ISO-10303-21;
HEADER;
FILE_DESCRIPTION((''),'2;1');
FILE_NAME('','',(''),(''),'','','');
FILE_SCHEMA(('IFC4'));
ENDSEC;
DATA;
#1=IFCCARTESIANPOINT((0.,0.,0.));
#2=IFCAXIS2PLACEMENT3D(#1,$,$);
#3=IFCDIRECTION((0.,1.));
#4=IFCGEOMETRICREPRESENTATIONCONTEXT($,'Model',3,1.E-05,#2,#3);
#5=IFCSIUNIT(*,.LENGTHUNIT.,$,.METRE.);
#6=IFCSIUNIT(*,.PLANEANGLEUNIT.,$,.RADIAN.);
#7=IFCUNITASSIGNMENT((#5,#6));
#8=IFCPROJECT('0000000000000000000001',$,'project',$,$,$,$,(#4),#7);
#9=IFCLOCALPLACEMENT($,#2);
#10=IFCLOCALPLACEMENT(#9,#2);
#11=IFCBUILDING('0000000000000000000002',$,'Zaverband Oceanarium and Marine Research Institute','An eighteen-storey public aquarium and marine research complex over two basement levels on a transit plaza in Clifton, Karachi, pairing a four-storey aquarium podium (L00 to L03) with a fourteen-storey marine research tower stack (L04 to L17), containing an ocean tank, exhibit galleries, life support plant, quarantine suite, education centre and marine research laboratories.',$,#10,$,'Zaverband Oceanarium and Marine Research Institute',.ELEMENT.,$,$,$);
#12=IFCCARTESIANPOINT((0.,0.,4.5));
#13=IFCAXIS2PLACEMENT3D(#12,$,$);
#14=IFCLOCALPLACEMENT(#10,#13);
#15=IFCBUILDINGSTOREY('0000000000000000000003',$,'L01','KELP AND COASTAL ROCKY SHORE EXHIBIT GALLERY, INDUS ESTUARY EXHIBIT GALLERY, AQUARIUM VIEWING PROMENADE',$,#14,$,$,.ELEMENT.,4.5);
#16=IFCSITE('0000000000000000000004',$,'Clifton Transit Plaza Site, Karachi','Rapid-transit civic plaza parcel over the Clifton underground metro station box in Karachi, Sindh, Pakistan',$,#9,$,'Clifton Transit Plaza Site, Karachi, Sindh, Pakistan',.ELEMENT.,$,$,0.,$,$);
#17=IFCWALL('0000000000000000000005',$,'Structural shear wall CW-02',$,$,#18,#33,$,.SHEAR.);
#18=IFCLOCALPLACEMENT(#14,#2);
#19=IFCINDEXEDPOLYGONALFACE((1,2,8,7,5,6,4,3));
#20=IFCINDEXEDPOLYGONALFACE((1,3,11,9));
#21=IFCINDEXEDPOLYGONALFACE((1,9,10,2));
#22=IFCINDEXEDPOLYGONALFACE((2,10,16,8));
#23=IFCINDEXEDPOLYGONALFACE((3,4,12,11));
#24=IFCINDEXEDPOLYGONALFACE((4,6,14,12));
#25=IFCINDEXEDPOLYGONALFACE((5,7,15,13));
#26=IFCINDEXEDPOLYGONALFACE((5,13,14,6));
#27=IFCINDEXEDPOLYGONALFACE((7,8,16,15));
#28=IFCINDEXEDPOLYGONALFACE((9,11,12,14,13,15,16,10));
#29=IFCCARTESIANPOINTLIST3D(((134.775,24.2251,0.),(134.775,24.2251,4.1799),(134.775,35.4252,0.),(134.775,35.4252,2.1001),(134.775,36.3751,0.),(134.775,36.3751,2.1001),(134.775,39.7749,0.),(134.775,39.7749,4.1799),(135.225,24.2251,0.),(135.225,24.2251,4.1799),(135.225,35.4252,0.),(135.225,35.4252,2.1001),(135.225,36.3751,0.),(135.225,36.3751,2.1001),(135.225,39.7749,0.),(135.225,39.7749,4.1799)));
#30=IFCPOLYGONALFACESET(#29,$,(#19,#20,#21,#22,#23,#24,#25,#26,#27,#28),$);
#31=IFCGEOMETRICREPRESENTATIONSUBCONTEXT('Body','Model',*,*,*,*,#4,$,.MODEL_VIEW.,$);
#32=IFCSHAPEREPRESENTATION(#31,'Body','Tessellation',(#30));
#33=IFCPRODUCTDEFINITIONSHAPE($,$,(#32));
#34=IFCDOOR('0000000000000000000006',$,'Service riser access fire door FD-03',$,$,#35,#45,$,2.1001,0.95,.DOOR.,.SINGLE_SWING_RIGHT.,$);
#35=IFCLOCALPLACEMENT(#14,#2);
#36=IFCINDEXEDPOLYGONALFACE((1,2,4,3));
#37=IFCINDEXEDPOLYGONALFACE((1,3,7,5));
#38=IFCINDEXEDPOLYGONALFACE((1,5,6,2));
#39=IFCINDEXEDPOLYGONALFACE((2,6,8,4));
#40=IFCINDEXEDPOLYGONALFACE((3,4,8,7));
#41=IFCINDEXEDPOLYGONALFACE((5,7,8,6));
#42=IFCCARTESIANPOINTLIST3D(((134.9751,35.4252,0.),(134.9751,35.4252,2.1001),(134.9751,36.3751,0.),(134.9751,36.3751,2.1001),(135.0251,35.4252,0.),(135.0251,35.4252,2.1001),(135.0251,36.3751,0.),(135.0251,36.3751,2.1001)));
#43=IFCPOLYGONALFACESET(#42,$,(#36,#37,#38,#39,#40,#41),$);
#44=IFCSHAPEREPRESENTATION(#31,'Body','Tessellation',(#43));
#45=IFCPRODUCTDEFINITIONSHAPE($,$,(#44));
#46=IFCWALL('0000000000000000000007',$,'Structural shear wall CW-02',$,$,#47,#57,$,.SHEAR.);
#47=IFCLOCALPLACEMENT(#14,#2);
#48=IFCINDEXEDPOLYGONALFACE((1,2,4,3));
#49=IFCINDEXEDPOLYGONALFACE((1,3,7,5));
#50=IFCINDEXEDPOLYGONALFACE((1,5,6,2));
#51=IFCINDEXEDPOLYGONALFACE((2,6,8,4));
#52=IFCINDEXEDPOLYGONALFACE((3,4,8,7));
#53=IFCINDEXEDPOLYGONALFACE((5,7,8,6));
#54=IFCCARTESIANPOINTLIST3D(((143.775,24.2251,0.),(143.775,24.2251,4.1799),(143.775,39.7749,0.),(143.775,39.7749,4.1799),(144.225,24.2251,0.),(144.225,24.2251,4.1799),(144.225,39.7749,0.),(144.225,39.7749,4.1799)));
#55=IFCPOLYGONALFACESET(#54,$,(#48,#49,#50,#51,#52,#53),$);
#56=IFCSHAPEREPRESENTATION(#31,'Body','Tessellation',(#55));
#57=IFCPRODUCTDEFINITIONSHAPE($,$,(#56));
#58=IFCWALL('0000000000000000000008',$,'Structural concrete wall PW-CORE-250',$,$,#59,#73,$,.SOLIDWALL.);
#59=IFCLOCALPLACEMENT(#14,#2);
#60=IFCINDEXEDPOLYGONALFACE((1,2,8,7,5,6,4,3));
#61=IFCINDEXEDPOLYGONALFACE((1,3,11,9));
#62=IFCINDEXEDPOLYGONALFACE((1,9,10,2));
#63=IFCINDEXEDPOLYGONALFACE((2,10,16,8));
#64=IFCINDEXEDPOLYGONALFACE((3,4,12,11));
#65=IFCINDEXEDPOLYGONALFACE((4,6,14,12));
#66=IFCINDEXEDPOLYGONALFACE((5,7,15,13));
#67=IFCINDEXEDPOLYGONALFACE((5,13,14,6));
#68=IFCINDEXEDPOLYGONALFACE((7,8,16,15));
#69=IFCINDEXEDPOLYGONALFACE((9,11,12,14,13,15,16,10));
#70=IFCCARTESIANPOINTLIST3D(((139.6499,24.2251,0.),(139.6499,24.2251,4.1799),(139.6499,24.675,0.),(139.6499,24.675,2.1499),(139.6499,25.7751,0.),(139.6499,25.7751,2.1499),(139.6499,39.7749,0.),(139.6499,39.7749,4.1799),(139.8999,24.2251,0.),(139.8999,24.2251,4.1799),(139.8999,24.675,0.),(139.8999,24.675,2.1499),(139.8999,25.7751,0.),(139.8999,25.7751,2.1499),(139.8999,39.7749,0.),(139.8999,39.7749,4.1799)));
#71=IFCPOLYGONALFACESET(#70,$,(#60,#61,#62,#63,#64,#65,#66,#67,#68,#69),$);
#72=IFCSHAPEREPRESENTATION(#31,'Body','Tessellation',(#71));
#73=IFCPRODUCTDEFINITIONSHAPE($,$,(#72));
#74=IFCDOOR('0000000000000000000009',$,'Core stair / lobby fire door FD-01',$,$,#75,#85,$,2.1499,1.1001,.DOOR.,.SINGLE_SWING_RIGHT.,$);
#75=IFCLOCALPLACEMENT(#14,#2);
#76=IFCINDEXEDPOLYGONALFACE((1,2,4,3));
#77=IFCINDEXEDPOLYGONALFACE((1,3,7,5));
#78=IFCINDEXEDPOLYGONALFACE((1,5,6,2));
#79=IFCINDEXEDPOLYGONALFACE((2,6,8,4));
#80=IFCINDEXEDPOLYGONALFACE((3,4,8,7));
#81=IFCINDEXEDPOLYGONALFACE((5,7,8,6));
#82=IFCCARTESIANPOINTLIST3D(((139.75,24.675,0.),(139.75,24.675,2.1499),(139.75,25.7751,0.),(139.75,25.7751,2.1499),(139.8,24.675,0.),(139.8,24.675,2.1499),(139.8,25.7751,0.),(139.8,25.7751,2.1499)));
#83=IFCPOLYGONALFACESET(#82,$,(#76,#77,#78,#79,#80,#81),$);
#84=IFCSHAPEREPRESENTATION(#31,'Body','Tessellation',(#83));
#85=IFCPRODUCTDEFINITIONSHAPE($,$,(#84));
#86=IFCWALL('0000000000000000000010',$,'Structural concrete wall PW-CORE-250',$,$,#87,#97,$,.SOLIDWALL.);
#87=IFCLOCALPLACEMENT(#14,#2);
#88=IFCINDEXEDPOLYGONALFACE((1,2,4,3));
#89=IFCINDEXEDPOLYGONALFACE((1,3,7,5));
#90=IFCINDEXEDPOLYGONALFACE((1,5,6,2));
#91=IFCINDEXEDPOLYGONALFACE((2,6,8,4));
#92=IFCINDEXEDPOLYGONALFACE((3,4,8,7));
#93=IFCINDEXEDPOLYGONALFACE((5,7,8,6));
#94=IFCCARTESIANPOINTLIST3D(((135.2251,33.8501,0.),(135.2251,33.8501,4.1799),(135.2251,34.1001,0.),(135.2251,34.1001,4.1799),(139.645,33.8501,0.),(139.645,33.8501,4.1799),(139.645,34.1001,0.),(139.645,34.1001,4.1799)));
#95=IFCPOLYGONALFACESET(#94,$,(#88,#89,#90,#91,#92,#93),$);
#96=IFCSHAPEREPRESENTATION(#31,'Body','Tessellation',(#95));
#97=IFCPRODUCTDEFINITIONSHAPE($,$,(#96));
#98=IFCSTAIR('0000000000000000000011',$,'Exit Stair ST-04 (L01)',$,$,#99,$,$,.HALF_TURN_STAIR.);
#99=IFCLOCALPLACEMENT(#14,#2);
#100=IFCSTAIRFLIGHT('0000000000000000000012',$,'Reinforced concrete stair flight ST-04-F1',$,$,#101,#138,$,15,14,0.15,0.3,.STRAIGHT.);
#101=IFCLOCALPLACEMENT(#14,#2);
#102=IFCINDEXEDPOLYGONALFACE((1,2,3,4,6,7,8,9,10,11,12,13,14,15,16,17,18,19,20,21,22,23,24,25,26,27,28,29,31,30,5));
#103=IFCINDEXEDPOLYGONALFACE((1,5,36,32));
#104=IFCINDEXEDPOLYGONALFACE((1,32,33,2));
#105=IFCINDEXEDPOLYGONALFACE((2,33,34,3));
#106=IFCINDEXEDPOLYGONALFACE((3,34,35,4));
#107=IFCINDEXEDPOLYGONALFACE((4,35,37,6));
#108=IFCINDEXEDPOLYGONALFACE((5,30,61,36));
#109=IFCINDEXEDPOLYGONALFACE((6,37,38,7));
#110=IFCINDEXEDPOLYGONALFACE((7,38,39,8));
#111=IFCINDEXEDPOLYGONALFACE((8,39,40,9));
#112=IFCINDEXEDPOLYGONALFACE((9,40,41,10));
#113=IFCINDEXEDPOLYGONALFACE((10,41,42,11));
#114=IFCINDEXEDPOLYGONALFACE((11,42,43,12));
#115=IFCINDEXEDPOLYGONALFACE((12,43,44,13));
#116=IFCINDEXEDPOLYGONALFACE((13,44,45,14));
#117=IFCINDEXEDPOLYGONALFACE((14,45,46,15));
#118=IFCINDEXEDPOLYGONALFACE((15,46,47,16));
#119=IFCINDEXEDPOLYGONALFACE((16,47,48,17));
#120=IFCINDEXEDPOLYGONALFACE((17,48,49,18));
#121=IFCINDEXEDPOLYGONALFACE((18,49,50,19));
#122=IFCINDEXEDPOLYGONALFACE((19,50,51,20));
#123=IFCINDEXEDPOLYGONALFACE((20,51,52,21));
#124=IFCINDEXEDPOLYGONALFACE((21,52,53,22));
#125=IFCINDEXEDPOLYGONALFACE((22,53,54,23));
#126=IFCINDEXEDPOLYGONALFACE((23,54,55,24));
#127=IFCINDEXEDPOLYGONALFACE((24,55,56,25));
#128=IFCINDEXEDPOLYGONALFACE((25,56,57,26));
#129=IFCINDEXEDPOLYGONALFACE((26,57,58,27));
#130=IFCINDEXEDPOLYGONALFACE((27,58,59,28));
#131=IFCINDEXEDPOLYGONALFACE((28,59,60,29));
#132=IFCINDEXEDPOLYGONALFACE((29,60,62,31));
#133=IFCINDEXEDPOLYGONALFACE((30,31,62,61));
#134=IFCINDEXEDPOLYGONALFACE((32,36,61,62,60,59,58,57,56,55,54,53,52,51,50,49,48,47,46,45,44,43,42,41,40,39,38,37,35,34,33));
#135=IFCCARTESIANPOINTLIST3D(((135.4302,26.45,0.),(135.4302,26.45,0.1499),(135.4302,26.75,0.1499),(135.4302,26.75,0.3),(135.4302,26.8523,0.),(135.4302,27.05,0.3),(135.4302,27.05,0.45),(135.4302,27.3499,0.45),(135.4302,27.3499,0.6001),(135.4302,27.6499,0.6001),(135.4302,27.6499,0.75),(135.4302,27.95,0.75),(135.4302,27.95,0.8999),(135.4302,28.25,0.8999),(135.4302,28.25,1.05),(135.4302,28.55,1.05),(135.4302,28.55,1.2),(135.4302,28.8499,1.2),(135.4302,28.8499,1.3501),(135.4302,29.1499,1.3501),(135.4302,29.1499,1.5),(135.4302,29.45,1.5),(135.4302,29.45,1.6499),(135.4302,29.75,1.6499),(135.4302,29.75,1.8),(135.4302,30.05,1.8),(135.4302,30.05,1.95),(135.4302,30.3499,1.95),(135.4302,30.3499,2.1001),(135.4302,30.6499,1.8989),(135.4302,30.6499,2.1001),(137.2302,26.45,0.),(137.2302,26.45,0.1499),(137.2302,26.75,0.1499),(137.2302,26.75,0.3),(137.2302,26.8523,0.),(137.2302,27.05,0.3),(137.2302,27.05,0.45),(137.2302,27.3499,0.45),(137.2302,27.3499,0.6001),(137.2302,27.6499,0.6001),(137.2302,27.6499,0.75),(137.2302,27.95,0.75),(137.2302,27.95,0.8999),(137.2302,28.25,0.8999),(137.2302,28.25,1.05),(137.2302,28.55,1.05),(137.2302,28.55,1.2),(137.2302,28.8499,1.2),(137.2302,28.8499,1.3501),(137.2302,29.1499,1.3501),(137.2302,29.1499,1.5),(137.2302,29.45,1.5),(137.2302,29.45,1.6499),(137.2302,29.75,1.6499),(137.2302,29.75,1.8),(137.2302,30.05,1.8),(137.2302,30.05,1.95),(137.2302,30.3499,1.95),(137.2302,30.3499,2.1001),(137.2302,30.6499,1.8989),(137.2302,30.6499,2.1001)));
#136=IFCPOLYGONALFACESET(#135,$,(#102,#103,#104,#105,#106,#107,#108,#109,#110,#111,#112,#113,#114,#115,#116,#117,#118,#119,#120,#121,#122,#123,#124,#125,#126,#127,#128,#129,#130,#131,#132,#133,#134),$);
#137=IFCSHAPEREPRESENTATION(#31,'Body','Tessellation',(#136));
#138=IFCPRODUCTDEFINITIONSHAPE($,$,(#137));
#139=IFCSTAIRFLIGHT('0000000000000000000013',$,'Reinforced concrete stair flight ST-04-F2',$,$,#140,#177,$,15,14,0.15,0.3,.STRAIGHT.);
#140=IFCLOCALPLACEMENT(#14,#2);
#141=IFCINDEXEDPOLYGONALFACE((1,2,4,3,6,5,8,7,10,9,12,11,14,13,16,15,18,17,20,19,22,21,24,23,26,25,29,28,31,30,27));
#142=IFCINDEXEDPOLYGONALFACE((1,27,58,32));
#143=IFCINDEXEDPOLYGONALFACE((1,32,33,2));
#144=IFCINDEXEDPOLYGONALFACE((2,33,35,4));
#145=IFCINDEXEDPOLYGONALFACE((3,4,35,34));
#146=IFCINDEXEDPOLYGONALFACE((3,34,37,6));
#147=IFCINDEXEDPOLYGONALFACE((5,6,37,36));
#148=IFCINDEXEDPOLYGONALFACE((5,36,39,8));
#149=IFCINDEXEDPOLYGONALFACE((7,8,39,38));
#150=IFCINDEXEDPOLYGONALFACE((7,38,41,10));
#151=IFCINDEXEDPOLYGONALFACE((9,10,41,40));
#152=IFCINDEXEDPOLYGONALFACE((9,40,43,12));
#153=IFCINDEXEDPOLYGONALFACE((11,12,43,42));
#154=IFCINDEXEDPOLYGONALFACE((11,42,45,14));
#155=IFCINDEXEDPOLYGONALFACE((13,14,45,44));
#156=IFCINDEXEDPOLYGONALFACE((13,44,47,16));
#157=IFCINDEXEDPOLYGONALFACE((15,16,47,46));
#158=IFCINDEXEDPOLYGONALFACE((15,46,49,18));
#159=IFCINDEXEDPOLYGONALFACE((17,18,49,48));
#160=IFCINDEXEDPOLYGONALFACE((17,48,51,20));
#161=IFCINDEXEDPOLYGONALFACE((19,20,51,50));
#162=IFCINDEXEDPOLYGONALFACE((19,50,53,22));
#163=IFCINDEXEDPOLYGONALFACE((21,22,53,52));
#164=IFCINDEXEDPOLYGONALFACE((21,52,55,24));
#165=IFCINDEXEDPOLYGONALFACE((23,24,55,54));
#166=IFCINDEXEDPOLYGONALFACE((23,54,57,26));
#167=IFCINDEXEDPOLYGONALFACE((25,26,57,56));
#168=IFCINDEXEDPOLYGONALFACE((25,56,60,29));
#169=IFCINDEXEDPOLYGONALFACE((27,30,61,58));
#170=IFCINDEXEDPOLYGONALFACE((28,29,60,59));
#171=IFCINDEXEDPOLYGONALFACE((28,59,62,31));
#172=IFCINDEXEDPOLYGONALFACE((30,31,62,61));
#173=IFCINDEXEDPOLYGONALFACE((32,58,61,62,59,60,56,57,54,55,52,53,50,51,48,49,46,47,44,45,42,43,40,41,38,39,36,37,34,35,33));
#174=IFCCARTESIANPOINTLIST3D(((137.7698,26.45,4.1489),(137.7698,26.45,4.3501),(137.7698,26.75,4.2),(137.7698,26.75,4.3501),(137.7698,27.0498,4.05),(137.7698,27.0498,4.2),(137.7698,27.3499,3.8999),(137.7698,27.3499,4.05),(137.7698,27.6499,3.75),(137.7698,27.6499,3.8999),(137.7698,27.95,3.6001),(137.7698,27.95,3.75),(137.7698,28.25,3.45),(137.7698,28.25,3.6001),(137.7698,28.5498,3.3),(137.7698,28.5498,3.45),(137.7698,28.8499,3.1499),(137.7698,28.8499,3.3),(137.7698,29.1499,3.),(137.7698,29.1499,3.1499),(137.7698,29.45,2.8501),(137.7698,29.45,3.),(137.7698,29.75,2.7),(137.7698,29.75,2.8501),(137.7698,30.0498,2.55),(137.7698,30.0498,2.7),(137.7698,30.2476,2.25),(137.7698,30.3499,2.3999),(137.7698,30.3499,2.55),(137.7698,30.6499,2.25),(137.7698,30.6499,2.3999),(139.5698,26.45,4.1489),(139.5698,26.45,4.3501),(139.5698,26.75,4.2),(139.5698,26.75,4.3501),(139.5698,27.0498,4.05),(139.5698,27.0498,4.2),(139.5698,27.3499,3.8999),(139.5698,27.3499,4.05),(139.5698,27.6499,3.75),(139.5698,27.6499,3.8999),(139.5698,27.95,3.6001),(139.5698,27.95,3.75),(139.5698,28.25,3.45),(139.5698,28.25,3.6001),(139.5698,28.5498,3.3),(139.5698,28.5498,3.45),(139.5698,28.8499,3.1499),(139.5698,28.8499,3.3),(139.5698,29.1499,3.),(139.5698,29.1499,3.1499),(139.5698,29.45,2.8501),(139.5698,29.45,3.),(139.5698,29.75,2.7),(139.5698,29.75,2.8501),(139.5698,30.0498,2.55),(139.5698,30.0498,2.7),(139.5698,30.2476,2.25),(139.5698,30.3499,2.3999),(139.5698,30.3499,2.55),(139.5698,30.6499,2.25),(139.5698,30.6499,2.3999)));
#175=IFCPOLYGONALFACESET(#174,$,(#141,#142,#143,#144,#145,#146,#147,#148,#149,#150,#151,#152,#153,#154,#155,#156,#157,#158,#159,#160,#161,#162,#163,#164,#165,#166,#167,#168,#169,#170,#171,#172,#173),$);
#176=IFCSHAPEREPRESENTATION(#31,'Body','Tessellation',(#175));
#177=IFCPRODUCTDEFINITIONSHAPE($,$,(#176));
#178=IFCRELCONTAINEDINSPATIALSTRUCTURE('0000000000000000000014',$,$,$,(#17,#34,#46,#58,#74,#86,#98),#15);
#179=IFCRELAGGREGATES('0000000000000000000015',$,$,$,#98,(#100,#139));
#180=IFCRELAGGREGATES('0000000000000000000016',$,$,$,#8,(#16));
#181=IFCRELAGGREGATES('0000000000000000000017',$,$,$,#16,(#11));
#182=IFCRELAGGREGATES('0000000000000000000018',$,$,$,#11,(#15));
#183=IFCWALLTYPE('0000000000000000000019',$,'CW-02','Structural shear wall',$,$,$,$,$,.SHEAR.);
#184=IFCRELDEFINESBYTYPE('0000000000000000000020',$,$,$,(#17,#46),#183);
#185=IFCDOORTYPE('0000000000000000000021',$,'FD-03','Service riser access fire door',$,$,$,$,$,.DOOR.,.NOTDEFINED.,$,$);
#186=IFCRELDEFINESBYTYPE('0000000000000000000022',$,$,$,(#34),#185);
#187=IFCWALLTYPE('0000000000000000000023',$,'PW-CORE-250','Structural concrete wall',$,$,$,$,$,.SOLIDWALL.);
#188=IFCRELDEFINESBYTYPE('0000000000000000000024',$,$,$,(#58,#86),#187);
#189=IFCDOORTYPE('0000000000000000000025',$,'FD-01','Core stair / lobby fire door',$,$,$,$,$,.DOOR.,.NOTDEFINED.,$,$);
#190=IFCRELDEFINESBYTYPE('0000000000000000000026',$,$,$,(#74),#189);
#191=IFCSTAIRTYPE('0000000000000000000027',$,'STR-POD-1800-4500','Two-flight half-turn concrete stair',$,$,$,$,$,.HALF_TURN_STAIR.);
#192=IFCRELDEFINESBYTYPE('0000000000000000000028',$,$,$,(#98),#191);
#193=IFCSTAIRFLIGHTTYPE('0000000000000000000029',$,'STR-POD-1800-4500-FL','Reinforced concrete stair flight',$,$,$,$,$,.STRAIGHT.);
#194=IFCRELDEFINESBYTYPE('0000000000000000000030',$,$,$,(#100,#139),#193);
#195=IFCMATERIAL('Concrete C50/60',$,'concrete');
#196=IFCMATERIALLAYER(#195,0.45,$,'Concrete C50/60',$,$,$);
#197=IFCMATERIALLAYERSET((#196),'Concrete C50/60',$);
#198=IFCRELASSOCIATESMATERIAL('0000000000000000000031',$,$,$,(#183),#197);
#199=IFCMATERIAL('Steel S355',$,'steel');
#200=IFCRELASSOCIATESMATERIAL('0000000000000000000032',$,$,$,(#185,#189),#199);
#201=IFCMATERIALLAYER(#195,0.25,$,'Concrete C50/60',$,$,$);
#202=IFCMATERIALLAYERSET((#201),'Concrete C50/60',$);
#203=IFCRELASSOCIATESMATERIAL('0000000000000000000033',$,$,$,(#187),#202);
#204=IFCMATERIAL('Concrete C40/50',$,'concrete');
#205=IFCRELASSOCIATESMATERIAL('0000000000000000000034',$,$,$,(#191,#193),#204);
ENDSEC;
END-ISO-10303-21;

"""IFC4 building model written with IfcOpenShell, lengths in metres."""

from ifc_helpers import new_model, si_unit, direction, frame, frame_2d, origin, place, context, subcontext, project, spatial, polyline, rectangle, outline, extrude, material, layer, layer_set, type_object, element, fill, aggregate, save


model = new_model("IFC4")

# Units and contexts
model_context = context("Model", 3, precision=1e-05, world=origin(), true_north=direction((0.0, 1.0)))
body_context = subcontext(model_context, "Body", "Model", "MODEL_VIEW")
ifc_project = project(units=[si_unit("LENGTHUNIT", "METRE"), si_unit("PLANEANGLEUNIT", "RADIAN")], contexts=[model_context])

# Site, building, storey
site_placement = place(None, origin())
site = spatial("IfcSite", under=ifc_project, at=site_placement, Name="Clifton Transit Plaza Site, Karachi", Description="Rapid-transit civic plaza parcel over the Clifton underground metro station box in Karachi, Sindh, Pakistan", LongName="Clifton Transit Plaza Site, Karachi, Sindh, Pakistan", CompositionType="ELEMENT", RefElevation=0.0)
building_placement = place(site_placement, origin())
building = spatial("IfcBuilding", under=site, at=building_placement, Name="Zaverband Oceanarium and Marine Research Institute", Description="An eighteen-storey public aquarium and marine research complex over two basement levels on a transit plaza in Clifton, Karachi, pairing a four-storey aquarium podium (L00 to L03) with a fourteen-storey marine research tower stack (L04 to L17), containing an ocean tank, exhibit galleries, life support plant, quarantine suite, education centre and marine research laboratories.", LongName="Zaverband Oceanarium and Marine Research Institute", CompositionType="ELEMENT")
storey_placement = place(building_placement, frame((0.0, 0.0, 4.5)))
storey = spatial("IfcBuildingStorey", under=building, at=storey_placement, Name="L01", Description="KELP AND COASTAL ROCKY SHORE EXHIBIT GALLERY, INDUS ESTUARY EXHIBIT GALLERY, AQUARIUM VIEWING PROMENADE", CompositionType="ELEMENT", Elevation=4.5)

# Shared definitions
ifc_material_1 = material(Name="Concrete C50/60", Category="concrete")

# Shared definitions
ifc_material_2 = material(Name="Concrete C40/50", Category="concrete")

# Shared definitions
ifc_layer_1 = layer(ifc_material_1, 0.45, Name="Concrete C50/60")
ifc_layer_set_1 = layer_set([ifc_layer_1], Name="Concrete C50/60")
wall_type_1 = type_object("IfcWallType", Name="CW-02", Description="Structural shear wall", PredefinedType="SHEAR", material=ifc_layer_set_1)

# Wall, opening, door
wall_1_placement = place(storey_placement, frame((135.0, 24.2251, 0.0), z_axis=(0.0, 0.0, 1.0), x_axis=(0.0, 1.0, 0.0)))
wall_1 = element("IfcWall", 1, at=wall_1_placement, inside=storey, type_object=wall_type_1, Name="Structural shear wall CW-02", PredefinedType="SHEAR", context=body_context, shape_type="SweptSolid", body=[
    extrude(rectangle(XDim=15.5498, YDim=0.45, at=frame_2d((7.7749, 0.0))), origin(), (0.0, 0.0, 1.0), 4.1799),
])
opening_1_placement = place(wall_1_placement, frame((11.2, 0.0, 0.0)))
opening_1 = element("IfcOpeningElement", 2, at=opening_1_placement, cuts=wall_1, PredefinedType="OPENING", context=body_context, shape_type="SweptSolid", body=[
    extrude(rectangle(XDim=0.95, YDim=2.1001, at=frame_2d((0.4751, 1.05))), frame((0.0, 0.2368, 0.0), z_axis=(0.0, -1.0, 0.0), x_axis=(1.0, 0.0, 0.0)), (0.0, 0.0, 1.0), 0.4739),
])
ifc_material_3 = material(Name="Steel S355", Category="steel")
door_type_1 = type_object("IfcDoorType", Name="FD-03", Description="Service riser access fire door", OperationType="NOTDEFINED", PredefinedType="DOOR", material=ifc_material_3)
door_1_placement = place(opening_1_placement, origin())
door_1 = element("IfcDoor", 3, at=door_1_placement, inside=storey, type_object=door_type_1, Name="Service riser access fire door FD-03", OperationType="SINGLE_SWING_RIGHT", OverallHeight=2.1001, OverallWidth=0.95, PredefinedType="DOOR", context=body_context, shape_type="SweptSolid", body=[
    extrude(rectangle(XDim=0.95, YDim=2.1001, at=frame_2d((0.4751, 1.05))), frame((0.0, 0.0249, 0.0), z_axis=(0.0, -1.0, 0.0), x_axis=(1.0, 0.0, 0.0)), (0.0, 0.0, 1.0), 0.05),
])
fill(opening_1, door_1)

# Wall
wall_2_placement = place(storey_placement, frame((144.0, 24.2251, 0.0), z_axis=(0.0, 0.0, 1.0), x_axis=(0.0, 1.0, 0.0)))
element("IfcWall", 4, at=wall_2_placement, inside=storey, type_object=wall_type_1, Name="Structural shear wall CW-02", PredefinedType="SHEAR", context=body_context, shape_type="SweptSolid", body=[
    extrude(rectangle(XDim=15.5498, YDim=0.45, at=frame_2d((7.7749, 0.0))), origin(), (0.0, 0.0, 1.0), 4.1799),
])

# Wall, opening, door
ifc_layer_2 = layer(ifc_material_1, 0.25, Name="Concrete C50/60")
ifc_layer_set_2 = layer_set([ifc_layer_2], Name="Concrete C50/60")
wall_type_2 = type_object("IfcWallType", Name="PW-CORE-250", Description="Structural concrete wall", PredefinedType="SOLIDWALL", material=ifc_layer_set_2)
wall_3_placement = place(storey_placement, frame((139.7749, 24.2251, 0.0), z_axis=(0.0, 0.0, 1.0), x_axis=(0.0, 1.0, 0.0)))
wall_3 = element("IfcWall", 5, at=wall_3_placement, inside=storey, type_object=wall_type_2, Name="Structural concrete wall PW-CORE-250", PredefinedType="SOLIDWALL", context=body_context, shape_type="SweptSolid", body=[
    extrude(rectangle(XDim=15.5498, YDim=0.25, at=frame_2d((7.7749, 0.0))), origin(), (0.0, 0.0, 1.0), 4.1799),
])
opening_2_placement = place(wall_3_placement, frame((0.45, 0.0, 0.0)))
opening_2 = element("IfcOpeningElement", 6, at=opening_2_placement, cuts=wall_3, PredefinedType="OPENING", context=body_context, shape_type="SweptSolid", body=[
    extrude(rectangle(XDim=1.1001, YDim=2.1499, at=frame_2d((0.55, 1.075))), frame((0.0, 0.137, 0.0), z_axis=(0.0, -1.0, 0.0), x_axis=(1.0, 0.0, 0.0)), (0.0, 0.0, 1.0), 0.2739),
])
door_type_2 = type_object("IfcDoorType", Name="FD-01", Description="Core stair / lobby fire door", OperationType="NOTDEFINED", PredefinedType="DOOR", material=ifc_material_3)
door_2_placement = place(opening_2_placement, origin())
door_2 = element("IfcDoor", 7, at=door_2_placement, inside=storey, type_object=door_type_2, Name="Core stair / lobby fire door FD-01", OperationType="SINGLE_SWING_RIGHT", OverallHeight=2.1499, OverallWidth=1.1001, PredefinedType="DOOR", context=body_context, shape_type="SweptSolid", body=[
    extrude(rectangle(XDim=1.1001, YDim=2.1499, at=frame_2d((0.55, 1.075))), frame((0.0, 0.0249, 0.0), z_axis=(0.0, -1.0, 0.0), x_axis=(1.0, 0.0, 0.0)), (0.0, 0.0, 1.0), 0.05),
])
fill(opening_2, door_2)

# Wall
wall_4_placement = place(storey_placement, frame((135.2251, 33.9751, 0.0), z_axis=(0.0, 0.0, 1.0), x_axis=(1.0, 0.0, 0.0)))
element("IfcWall", 8, at=wall_4_placement, inside=storey, type_object=wall_type_2, Name="Structural concrete wall PW-CORE-250", PredefinedType="SOLIDWALL", context=body_context, shape_type="SweptSolid", body=[
    extrude(rectangle(XDim=4.4199, YDim=0.25, at=frame_2d((2.21, 0.0))), origin(), (0.0, 0.0, 1.0), 4.1799),
])

# Stair, stair flights
stair_type = type_object("IfcStairType", Name="STR-POD-1800-4500", Description="Two-flight half-turn concrete stair", PredefinedType="HALF_TURN_STAIR", material=ifc_material_2)
stair_placement = place(storey_placement, origin())
stair = element("IfcStair", 9, at=stair_placement, inside=storey, type_object=stair_type, Name="Exit Stair ST-04 (L01)", PredefinedType="HALF_TURN_STAIR")
stair_flight_type = type_object("IfcStairFlightType", Name="STR-POD-1800-4500-FL", Description="Reinforced concrete stair flight", PredefinedType="STRAIGHT", material=ifc_material_2)
stair_flight_1_placement = place(storey_placement, frame((136.3301, 26.45, 0.0), z_axis=(0.0, 0.0, 1.0), x_axis=(0.0, 1.0, 0.0)))
stair_flight_1 = element("IfcStairFlight", 10, at=stair_flight_1_placement, type_object=stair_flight_type, Name="Reinforced concrete stair flight ST-04-F1", NumberOfRisers=15, NumberOfTreads=14, PredefinedType="STRAIGHT", RiserHeight=0.15, TreadLength=0.3, context=body_context, shape_type="SweptSolid", body=[
    extrude(outline(polyline([(0.0, 0.0), (0.0, 0.1499), (0.3, 0.1499), (0.3, 0.3), (0.6001, 0.3), (0.6001, 0.45), (0.8999, 0.45), (0.8999, 0.6001), (1.2, 0.6001), (1.2, 0.75), (1.5, 0.75), (1.5, 0.8999), (1.8, 0.8999), (1.8, 1.05), (2.1001, 1.05), (2.1001, 1.2), (2.3999, 1.2), (2.3999, 1.3501), (2.7, 1.3501), (2.7, 1.5), (3.0, 1.5), (3.0, 1.6499), (3.3, 1.6499), (3.3, 1.8), (3.6001, 1.8), (3.6001, 1.95), (3.8999, 1.95), (3.8999, 2.1001), (4.2, 2.1001), (4.2, 2.25), (4.2, 1.8989), (0.4023, 0.0), (0.0, 0.0)])), frame((0.0, 0.8999, 0.0), z_axis=(0.0, -1.0, 0.0), x_axis=(1.0, 0.0, 0.0)), (0.0, 0.0, 1.0), 1.8),
])
stair_flight_2_placement = place(storey_placement, frame((138.6699, 30.6499, 2.25), z_axis=(0.0, 0.0, 1.0), x_axis=(0.0, -1.0, 0.0)))
stair_flight_2 = element("IfcStairFlight", 11, at=stair_flight_2_placement, type_object=stair_flight_type, Name="Reinforced concrete stair flight ST-04-F2", NumberOfRisers=15, NumberOfTreads=14, PredefinedType="STRAIGHT", RiserHeight=0.15, TreadLength=0.3, context=body_context, shape_type="SweptSolid", body=[
    extrude(outline(polyline([(0.0, 0.0), (0.0, 0.1499), (0.3, 0.1499), (0.3, 0.3), (0.6001, 0.3), (0.6001, 0.45), (0.8999, 0.45), (0.8999, 0.6001), (1.2, 0.6001), (1.2, 0.75), (1.5, 0.75), (1.5, 0.8999), (1.8, 0.8999), (1.8, 1.05), (2.1001, 1.05), (2.1001, 1.2), (2.3999, 1.2), (2.3999, 1.3501), (2.7, 1.3501), (2.7, 1.5), (3.0, 1.5), (3.0, 1.6499), (3.3, 1.6499), (3.3, 1.8), (3.6001, 1.8), (3.6001, 1.95), (3.8999, 1.95), (3.8999, 2.1001), (4.2, 2.1001), (4.2, 2.25), (4.2, 1.8989), (0.4023, 0.0), (0.0, 0.0)])), frame((0.0, 0.8999, 0.0), z_axis=(0.0, -1.0, 0.0), x_axis=(1.0, 0.0, 0.0)), (0.0, 0.0, 1.0), 1.8),
])
aggregate(stair, [stair_flight_1, stair_flight_2])

save(model, "model.ifc")
